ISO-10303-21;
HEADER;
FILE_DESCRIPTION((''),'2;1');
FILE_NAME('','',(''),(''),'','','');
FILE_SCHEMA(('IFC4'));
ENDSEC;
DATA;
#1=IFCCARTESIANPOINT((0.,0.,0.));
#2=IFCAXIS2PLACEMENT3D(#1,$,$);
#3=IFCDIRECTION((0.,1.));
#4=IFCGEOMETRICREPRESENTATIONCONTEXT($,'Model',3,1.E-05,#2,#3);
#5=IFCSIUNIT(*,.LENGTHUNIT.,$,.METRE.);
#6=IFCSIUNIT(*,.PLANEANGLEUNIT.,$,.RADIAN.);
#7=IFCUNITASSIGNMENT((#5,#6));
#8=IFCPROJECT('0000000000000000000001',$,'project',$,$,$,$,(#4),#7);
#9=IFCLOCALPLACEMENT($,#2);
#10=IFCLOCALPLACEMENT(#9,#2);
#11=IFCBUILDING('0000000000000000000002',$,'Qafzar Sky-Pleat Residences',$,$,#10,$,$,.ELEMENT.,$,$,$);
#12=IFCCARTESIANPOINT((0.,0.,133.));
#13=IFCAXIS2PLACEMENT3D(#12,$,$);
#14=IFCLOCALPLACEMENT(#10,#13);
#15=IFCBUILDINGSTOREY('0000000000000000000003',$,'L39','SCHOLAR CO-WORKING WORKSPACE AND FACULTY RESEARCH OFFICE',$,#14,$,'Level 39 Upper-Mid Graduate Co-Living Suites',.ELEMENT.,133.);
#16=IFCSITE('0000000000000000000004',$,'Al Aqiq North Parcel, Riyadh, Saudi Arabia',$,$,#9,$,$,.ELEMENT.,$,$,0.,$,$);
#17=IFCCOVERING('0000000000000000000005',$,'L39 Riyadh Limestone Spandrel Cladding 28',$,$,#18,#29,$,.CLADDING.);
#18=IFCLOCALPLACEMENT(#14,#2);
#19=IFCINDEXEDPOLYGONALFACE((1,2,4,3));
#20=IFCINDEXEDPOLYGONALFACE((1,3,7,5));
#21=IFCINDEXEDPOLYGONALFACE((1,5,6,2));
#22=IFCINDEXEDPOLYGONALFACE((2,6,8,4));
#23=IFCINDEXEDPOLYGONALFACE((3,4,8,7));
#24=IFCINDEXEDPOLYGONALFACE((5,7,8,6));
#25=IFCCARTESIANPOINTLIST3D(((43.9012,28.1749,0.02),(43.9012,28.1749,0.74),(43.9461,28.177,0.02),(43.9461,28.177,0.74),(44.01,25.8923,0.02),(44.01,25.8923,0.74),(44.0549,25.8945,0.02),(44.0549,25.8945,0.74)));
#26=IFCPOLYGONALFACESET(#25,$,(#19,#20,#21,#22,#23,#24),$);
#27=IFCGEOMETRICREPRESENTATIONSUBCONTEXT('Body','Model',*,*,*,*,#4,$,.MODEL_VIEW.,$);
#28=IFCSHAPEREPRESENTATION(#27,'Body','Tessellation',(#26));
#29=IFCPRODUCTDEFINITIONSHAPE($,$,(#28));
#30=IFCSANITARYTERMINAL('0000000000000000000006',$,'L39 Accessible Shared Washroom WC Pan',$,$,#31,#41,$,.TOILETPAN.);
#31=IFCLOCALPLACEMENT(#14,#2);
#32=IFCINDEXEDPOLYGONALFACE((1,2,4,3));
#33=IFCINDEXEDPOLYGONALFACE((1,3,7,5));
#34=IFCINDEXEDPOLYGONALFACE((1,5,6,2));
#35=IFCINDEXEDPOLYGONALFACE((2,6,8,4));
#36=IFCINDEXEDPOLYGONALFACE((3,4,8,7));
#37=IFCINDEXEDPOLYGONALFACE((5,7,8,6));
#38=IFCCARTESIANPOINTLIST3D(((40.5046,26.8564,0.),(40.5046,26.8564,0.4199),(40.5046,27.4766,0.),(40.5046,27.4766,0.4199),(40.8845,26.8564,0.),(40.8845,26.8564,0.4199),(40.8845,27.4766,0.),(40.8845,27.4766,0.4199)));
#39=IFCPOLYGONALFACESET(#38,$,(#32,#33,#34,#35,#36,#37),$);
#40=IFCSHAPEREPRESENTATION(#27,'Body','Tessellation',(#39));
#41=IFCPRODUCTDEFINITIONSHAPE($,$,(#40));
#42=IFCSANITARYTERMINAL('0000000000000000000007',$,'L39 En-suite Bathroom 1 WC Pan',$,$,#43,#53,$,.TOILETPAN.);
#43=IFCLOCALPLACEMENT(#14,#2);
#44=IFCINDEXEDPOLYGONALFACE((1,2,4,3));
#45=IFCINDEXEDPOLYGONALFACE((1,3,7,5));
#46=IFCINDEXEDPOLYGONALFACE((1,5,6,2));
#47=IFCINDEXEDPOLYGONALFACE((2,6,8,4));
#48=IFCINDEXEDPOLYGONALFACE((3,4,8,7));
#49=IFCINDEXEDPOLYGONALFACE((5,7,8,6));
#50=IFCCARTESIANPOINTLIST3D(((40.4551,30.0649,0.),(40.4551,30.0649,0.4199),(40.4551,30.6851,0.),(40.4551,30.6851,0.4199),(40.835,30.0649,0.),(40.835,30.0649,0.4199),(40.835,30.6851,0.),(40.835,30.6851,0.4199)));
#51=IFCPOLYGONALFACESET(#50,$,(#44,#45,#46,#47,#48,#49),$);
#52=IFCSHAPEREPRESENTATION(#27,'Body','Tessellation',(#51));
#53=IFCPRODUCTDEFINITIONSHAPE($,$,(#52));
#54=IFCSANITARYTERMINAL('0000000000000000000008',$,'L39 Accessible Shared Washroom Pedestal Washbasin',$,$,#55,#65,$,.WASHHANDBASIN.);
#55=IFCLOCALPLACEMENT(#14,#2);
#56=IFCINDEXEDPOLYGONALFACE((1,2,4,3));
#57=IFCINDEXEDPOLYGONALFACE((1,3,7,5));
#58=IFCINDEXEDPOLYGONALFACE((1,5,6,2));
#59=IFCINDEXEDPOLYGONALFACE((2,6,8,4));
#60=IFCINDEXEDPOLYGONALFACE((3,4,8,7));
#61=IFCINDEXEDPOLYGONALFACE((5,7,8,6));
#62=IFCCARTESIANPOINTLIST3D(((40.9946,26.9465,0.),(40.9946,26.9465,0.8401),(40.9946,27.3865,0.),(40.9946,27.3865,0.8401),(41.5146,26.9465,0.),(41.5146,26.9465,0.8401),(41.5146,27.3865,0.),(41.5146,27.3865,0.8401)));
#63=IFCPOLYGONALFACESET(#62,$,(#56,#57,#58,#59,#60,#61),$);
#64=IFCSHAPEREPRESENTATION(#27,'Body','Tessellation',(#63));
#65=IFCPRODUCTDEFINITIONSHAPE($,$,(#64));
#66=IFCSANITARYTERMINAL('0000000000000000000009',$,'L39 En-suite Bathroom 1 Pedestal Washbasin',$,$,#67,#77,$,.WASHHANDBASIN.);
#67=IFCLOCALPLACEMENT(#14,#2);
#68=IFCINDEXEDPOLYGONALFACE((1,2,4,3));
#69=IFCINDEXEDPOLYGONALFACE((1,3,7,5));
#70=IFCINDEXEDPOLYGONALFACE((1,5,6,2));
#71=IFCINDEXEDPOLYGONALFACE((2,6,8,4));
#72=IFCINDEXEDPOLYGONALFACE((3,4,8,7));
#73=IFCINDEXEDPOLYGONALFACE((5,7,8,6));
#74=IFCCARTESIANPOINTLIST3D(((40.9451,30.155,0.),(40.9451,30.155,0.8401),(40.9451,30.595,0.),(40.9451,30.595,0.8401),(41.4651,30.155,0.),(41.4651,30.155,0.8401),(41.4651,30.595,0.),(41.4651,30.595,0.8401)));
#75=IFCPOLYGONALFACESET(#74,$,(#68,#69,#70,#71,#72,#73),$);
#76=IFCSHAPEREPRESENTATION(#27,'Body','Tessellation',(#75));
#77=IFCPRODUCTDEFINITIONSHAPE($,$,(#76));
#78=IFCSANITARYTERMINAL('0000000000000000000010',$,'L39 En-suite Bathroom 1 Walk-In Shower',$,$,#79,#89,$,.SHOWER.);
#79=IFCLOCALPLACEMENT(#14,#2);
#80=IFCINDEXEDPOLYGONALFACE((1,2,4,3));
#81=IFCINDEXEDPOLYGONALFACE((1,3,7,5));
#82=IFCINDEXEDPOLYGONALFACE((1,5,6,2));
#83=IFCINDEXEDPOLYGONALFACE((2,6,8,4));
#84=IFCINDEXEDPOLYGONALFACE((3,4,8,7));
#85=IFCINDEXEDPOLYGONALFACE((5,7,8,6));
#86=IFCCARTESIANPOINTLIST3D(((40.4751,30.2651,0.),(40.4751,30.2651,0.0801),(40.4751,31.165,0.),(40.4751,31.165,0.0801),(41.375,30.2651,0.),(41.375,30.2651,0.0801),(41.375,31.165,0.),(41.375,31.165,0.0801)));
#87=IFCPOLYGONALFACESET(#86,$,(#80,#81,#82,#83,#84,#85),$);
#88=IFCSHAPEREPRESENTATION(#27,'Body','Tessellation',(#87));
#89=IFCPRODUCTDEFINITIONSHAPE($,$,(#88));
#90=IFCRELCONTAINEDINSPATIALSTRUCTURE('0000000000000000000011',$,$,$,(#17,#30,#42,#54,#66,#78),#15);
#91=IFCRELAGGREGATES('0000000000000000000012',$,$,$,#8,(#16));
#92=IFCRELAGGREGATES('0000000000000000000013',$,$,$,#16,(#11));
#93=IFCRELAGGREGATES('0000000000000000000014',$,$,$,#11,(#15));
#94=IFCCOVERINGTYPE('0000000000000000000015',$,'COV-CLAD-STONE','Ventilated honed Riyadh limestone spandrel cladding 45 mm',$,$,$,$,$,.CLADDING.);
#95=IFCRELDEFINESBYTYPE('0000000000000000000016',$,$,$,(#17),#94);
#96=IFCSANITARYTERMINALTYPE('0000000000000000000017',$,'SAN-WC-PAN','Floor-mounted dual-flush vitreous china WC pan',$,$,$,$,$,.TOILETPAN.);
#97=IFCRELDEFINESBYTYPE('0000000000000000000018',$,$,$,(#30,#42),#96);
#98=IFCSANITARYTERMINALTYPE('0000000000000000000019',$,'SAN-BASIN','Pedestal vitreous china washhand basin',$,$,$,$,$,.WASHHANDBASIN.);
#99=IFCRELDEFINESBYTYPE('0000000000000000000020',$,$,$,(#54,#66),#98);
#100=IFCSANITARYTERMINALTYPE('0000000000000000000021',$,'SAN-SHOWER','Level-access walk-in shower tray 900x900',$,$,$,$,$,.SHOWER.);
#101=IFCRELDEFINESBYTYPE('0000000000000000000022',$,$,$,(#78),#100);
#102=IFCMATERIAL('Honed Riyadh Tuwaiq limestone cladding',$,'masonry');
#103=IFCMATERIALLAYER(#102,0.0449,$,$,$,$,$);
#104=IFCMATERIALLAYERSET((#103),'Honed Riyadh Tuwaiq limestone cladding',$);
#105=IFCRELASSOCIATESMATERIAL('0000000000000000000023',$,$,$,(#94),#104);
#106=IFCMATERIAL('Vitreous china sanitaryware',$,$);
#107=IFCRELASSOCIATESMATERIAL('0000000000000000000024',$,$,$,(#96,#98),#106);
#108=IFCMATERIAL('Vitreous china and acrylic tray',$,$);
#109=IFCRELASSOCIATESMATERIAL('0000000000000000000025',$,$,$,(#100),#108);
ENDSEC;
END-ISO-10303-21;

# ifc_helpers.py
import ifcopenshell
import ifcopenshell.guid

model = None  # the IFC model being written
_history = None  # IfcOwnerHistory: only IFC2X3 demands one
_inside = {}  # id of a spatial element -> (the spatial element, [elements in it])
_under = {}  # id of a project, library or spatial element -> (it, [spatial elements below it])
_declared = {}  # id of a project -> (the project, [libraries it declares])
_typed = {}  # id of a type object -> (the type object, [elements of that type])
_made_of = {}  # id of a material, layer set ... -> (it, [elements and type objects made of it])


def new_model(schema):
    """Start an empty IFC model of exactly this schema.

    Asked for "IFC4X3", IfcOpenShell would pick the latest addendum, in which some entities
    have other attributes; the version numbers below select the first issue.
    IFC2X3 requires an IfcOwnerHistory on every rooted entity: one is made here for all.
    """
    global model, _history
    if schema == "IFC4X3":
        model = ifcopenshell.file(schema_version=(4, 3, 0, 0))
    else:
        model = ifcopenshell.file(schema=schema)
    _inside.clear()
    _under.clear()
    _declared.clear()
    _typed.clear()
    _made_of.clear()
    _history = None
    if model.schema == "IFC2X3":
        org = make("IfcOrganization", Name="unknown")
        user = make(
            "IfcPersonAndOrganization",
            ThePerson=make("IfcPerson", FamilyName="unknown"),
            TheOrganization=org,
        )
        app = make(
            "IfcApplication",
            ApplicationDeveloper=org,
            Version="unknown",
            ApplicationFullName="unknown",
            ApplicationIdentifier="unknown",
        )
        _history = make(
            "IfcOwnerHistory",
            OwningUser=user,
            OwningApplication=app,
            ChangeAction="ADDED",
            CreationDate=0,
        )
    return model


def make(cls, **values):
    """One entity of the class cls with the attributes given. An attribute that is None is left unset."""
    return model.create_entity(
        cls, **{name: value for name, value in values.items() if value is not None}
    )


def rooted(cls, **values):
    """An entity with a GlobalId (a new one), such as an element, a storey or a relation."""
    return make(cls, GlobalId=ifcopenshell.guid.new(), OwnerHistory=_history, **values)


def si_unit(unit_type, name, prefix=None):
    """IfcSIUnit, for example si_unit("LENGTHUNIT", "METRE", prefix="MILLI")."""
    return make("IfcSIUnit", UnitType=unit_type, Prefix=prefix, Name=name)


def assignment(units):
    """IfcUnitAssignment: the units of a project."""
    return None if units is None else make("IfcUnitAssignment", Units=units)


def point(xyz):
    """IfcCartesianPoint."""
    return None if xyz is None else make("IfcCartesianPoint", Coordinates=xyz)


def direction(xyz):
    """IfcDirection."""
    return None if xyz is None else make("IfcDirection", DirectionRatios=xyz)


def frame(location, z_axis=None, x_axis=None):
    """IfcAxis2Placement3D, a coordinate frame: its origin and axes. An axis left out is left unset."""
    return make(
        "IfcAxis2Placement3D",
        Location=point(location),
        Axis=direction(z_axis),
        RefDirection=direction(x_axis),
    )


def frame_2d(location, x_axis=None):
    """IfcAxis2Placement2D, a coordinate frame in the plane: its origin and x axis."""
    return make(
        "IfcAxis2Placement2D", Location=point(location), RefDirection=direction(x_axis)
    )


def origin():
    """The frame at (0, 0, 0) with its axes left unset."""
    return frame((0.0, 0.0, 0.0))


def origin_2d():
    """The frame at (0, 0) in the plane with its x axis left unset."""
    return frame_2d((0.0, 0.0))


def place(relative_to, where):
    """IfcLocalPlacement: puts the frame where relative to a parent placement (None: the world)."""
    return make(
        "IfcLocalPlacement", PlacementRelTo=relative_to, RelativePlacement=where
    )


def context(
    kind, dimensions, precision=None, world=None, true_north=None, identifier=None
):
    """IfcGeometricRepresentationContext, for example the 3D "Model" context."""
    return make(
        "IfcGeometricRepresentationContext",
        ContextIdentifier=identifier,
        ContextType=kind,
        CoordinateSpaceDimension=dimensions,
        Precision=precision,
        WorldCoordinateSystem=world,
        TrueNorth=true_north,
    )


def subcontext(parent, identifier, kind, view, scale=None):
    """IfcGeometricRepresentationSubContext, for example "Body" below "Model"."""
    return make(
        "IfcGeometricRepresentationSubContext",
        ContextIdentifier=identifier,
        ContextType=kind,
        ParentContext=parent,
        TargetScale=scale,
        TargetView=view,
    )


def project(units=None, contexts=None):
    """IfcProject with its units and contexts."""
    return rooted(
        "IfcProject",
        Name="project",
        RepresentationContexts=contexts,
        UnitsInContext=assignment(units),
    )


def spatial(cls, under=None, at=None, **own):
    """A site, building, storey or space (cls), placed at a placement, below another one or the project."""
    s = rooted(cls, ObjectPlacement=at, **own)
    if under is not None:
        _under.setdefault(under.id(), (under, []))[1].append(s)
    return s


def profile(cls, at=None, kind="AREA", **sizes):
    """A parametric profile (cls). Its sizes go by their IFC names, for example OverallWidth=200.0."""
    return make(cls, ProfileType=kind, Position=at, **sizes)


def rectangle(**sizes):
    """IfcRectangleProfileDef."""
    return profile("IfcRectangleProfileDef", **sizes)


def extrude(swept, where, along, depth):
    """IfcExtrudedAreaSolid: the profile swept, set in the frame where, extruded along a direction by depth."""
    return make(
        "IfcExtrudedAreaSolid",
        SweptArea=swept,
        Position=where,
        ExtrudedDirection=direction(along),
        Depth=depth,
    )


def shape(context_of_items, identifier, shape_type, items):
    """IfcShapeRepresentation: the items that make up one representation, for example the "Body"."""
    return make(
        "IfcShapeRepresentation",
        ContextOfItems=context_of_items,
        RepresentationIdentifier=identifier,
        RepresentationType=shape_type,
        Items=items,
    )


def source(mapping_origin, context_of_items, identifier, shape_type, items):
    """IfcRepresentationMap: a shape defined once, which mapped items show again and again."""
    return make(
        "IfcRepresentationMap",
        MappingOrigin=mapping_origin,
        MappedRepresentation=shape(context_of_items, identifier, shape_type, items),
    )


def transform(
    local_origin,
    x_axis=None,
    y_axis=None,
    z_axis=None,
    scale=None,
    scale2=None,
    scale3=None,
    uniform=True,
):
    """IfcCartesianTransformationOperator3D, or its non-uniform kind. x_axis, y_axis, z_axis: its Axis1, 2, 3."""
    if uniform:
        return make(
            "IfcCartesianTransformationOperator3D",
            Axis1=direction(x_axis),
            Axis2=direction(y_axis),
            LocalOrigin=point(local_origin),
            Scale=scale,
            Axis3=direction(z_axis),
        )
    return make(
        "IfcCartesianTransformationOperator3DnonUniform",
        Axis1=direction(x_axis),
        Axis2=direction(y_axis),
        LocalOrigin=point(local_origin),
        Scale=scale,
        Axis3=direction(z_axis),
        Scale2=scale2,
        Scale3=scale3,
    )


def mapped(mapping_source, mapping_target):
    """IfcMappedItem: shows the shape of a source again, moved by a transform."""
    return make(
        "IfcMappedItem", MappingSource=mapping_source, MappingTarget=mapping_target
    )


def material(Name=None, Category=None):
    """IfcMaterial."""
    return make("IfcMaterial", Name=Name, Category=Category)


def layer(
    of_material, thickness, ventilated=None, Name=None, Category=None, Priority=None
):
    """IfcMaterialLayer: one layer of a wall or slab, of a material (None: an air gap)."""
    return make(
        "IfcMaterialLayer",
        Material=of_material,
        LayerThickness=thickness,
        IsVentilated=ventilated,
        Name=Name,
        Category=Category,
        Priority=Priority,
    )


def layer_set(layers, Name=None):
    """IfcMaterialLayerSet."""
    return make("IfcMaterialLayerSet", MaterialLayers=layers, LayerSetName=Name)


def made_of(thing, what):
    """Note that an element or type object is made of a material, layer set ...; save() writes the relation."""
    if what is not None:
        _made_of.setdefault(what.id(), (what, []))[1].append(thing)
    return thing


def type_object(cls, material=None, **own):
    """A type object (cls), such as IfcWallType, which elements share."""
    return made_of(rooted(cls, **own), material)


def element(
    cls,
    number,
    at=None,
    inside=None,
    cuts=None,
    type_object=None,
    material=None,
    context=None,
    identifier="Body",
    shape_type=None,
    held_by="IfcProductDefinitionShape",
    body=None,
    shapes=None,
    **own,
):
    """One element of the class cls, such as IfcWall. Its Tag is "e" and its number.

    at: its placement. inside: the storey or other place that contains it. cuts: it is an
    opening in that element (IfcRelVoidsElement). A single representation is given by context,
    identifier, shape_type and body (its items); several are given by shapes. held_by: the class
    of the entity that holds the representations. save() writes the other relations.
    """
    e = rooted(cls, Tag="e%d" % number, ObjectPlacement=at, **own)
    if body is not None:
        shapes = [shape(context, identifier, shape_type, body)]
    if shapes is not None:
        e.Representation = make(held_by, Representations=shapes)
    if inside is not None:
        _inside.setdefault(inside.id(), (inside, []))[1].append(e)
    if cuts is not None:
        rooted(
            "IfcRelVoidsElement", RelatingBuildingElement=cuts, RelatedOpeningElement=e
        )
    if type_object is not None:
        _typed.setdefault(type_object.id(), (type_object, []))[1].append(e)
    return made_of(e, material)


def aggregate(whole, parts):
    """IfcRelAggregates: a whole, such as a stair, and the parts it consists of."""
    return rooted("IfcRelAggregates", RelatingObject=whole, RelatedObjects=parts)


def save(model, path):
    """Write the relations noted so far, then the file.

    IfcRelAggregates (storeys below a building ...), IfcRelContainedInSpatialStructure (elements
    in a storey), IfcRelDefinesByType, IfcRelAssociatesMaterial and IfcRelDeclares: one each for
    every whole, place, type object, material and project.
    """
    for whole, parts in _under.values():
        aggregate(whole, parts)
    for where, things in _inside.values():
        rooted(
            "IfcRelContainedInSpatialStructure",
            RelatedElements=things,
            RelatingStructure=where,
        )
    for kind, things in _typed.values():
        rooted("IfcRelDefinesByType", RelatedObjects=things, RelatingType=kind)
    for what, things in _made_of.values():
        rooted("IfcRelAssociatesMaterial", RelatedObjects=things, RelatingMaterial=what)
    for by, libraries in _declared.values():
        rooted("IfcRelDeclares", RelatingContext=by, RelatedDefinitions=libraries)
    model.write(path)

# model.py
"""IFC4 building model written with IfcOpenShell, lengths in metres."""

from ifc_helpers import new_model, si_unit, direction, frame, origin, origin_2d, place, context, subcontext, project, spatial, rectangle, extrude, source, transform, mapped, material, layer, layer_set, type_object, element, save


model = new_model("IFC4")

# Units and contexts
model_context = context("Model", 3, precision=1e-05, world=origin(), true_north=direction((0.0, 1.0)))
body_context = subcontext(model_context, "Body", "Model", "MODEL_VIEW")
ifc_project = project(units=[si_unit("LENGTHUNIT", "METRE"), si_unit("PLANEANGLEUNIT", "RADIAN")], contexts=[model_context])

# Site, building, storey
site_placement = place(None, origin())
site = spatial("IfcSite", under=ifc_project, at=site_placement, Name="Al Aqiq North Parcel, Riyadh, Saudi Arabia", CompositionType="ELEMENT", RefElevation=0.0)
building_placement = place(site_placement, origin())
building = spatial("IfcBuilding", under=site, at=building_placement, Name="Qafzar Sky-Pleat Residences", CompositionType="ELEMENT")
storey_placement = place(building_placement, frame((0.0, 0.0, 133.0)))
storey = spatial("IfcBuildingStorey", under=building, at=storey_placement, Name="L39", Description="SCHOLAR CO-WORKING WORKSPACE AND FACULTY RESEARCH OFFICE", LongName="Level 39 Upper-Mid Graduate Co-Living Suites", CompositionType="ELEMENT", Elevation=133.0)

# Covering
ifc_material_1 = material(Name="Honed Riyadh Tuwaiq limestone cladding", Category="masonry")
ifc_layer_1 = layer(ifc_material_1, 0.0449)
ifc_layer_set_1 = layer_set([ifc_layer_1], Name="Honed Riyadh Tuwaiq limestone cladding")
covering_type = type_object("IfcCoveringType", Name="COV-CLAD-STONE", Description="Ventilated honed Riyadh limestone spandrel cladding 45 mm", PredefinedType="CLADDING", material=ifc_layer_set_1)
shared_shape_1 = source(origin(), body_context, "Body", "SweptSolid", [
    extrude(rectangle(XDim=2.2852, YDim=0.0449, at=origin_2d()), origin(), (0.0, 0.0, 1.0), 0.72),
])
covering_placement = place(storey_placement, frame((43.978, 27.0347, 0.02), z_axis=(0.0, 0.0, 1.0), x_axis=(-0.047614, 0.998866, 0.0)))
element("IfcCovering", 1, at=covering_placement, inside=storey, type_object=covering_type, Name="L39 Riyadh Limestone Spandrel Cladding 28", PredefinedType="CLADDING", context=body_context, shape_type="MappedRepresentation", body=[
    mapped(shared_shape_1, transform((0.0, 0.0, 0.0), x_axis=(1.0, 0.0, 0.0), y_axis=(0.0, 1.0, 0.0), z_axis=(0.0, 0.0, 1.0), scale=1.0)),
])

# Sanitary terminals
ifc_material_2 = material(Name="Vitreous china sanitaryware")
sanitary_terminal_type_1 = type_object("IfcSanitaryTerminalType", Name="SAN-WC-PAN", Description="Floor-mounted dual-flush vitreous china WC pan", PredefinedType="TOILETPAN", material=ifc_material_2)
shared_shape_2 = source(origin(), body_context, "Body", "SweptSolid", [
    extrude(rectangle(XDim=0.3799, YDim=0.6201, at=origin_2d()), origin(), (0.0, 0.0, 1.0), 0.4199),
])
for number, where, z_axis, x_axis, name in (
    (2, (40.6946, 27.1665, 0.0), (0.0, 0.0, 1.0), (1.0, 0.0, 0.0), "L39 Accessible Shared Washroom WC Pan"),
    (3, (40.645, 30.375, 0.0), (0.0, 0.0, 1.0), (1.0, 0.0, 0.0), "L39 En-suite Bathroom 1 WC Pan"),
):
    element("IfcSanitaryTerminal", number, at=place(storey_placement, frame(where, z_axis=z_axis, x_axis=x_axis)), inside=storey, type_object=sanitary_terminal_type_1, Name=name, PredefinedType="TOILETPAN", context=body_context, shape_type="MappedRepresentation", body=[
        mapped(shared_shape_2, transform((0.0, 0.0, 0.0), x_axis=(1.0, 0.0, 0.0), y_axis=(0.0, 1.0, 0.0), z_axis=(0.0, 0.0, 1.0), scale=1.0)),
    ])
sanitary_terminal_type_2 = type_object("IfcSanitaryTerminalType", Name="SAN-BASIN", Description="Pedestal vitreous china washhand basin", PredefinedType="WASHHANDBASIN", material=ifc_material_2)
shared_shape_3 = source(origin(), body_context, "Body", "SweptSolid", [
    extrude(rectangle(XDim=0.52, YDim=0.4399, at=origin_2d()), origin(), (0.0, 0.0, 1.0), 0.8401),
])
for number, where, z_axis, x_axis, name in (
    (4, (41.2546, 27.1665, 0.0), (0.0, 0.0, 1.0), (1.0, 0.0, 0.0), "L39 Accessible Shared Washroom Pedestal Washbasin"),
    (5, (41.2051, 30.375, 0.0), (0.0, 0.0, 1.0), (1.0, 0.0, 0.0), "L39 En-suite Bathroom 1 Pedestal Washbasin"),
):
    element("IfcSanitaryTerminal", number, at=place(storey_placement, frame(where, z_axis=z_axis, x_axis=x_axis)), inside=storey, type_object=sanitary_terminal_type_2, Name=name, PredefinedType="WASHHANDBASIN", context=body_context, shape_type="MappedRepresentation", body=[
        mapped(shared_shape_3, transform((0.0, 0.0, 0.0), x_axis=(1.0, 0.0, 0.0), y_axis=(0.0, 1.0, 0.0), z_axis=(0.0, 0.0, 1.0), scale=1.0)),
    ])
ifc_material_3 = material(Name="Vitreous china and acrylic tray")
sanitary_terminal_type_3 = type_object("IfcSanitaryTerminalType", Name="SAN-SHOWER", Description="Level-access walk-in shower tray 900x900", PredefinedType="SHOWER", material=ifc_material_3)
shared_shape_4 = source(origin(), body_context, "Body", "SweptSolid", [
    extrude(rectangle(XDim=0.8999, YDim=0.8999, at=origin_2d()), origin(), (0.0, 0.0, 1.0), 0.0801),
])
sanitary_terminal_placement = place(storey_placement, frame((40.925, 30.7151, 0.0), z_axis=(0.0, 0.0, 1.0), x_axis=(1.0, 0.0, 0.0)))
element("IfcSanitaryTerminal", 6, at=sanitary_terminal_placement, inside=storey, type_object=sanitary_terminal_type_3, Name="L39 En-suite Bathroom 1 Walk-In Shower", PredefinedType="SHOWER", context=body_context, shape_type="MappedRepresentation", body=[
    mapped(shared_shape_4, transform((0.0, 0.0, 0.0), x_axis=(1.0, 0.0, 0.0), y_axis=(0.0, 1.0, 0.0), z_axis=(0.0, 0.0, 1.0), scale=1.0)),
])

save(model, "model.ifc")
